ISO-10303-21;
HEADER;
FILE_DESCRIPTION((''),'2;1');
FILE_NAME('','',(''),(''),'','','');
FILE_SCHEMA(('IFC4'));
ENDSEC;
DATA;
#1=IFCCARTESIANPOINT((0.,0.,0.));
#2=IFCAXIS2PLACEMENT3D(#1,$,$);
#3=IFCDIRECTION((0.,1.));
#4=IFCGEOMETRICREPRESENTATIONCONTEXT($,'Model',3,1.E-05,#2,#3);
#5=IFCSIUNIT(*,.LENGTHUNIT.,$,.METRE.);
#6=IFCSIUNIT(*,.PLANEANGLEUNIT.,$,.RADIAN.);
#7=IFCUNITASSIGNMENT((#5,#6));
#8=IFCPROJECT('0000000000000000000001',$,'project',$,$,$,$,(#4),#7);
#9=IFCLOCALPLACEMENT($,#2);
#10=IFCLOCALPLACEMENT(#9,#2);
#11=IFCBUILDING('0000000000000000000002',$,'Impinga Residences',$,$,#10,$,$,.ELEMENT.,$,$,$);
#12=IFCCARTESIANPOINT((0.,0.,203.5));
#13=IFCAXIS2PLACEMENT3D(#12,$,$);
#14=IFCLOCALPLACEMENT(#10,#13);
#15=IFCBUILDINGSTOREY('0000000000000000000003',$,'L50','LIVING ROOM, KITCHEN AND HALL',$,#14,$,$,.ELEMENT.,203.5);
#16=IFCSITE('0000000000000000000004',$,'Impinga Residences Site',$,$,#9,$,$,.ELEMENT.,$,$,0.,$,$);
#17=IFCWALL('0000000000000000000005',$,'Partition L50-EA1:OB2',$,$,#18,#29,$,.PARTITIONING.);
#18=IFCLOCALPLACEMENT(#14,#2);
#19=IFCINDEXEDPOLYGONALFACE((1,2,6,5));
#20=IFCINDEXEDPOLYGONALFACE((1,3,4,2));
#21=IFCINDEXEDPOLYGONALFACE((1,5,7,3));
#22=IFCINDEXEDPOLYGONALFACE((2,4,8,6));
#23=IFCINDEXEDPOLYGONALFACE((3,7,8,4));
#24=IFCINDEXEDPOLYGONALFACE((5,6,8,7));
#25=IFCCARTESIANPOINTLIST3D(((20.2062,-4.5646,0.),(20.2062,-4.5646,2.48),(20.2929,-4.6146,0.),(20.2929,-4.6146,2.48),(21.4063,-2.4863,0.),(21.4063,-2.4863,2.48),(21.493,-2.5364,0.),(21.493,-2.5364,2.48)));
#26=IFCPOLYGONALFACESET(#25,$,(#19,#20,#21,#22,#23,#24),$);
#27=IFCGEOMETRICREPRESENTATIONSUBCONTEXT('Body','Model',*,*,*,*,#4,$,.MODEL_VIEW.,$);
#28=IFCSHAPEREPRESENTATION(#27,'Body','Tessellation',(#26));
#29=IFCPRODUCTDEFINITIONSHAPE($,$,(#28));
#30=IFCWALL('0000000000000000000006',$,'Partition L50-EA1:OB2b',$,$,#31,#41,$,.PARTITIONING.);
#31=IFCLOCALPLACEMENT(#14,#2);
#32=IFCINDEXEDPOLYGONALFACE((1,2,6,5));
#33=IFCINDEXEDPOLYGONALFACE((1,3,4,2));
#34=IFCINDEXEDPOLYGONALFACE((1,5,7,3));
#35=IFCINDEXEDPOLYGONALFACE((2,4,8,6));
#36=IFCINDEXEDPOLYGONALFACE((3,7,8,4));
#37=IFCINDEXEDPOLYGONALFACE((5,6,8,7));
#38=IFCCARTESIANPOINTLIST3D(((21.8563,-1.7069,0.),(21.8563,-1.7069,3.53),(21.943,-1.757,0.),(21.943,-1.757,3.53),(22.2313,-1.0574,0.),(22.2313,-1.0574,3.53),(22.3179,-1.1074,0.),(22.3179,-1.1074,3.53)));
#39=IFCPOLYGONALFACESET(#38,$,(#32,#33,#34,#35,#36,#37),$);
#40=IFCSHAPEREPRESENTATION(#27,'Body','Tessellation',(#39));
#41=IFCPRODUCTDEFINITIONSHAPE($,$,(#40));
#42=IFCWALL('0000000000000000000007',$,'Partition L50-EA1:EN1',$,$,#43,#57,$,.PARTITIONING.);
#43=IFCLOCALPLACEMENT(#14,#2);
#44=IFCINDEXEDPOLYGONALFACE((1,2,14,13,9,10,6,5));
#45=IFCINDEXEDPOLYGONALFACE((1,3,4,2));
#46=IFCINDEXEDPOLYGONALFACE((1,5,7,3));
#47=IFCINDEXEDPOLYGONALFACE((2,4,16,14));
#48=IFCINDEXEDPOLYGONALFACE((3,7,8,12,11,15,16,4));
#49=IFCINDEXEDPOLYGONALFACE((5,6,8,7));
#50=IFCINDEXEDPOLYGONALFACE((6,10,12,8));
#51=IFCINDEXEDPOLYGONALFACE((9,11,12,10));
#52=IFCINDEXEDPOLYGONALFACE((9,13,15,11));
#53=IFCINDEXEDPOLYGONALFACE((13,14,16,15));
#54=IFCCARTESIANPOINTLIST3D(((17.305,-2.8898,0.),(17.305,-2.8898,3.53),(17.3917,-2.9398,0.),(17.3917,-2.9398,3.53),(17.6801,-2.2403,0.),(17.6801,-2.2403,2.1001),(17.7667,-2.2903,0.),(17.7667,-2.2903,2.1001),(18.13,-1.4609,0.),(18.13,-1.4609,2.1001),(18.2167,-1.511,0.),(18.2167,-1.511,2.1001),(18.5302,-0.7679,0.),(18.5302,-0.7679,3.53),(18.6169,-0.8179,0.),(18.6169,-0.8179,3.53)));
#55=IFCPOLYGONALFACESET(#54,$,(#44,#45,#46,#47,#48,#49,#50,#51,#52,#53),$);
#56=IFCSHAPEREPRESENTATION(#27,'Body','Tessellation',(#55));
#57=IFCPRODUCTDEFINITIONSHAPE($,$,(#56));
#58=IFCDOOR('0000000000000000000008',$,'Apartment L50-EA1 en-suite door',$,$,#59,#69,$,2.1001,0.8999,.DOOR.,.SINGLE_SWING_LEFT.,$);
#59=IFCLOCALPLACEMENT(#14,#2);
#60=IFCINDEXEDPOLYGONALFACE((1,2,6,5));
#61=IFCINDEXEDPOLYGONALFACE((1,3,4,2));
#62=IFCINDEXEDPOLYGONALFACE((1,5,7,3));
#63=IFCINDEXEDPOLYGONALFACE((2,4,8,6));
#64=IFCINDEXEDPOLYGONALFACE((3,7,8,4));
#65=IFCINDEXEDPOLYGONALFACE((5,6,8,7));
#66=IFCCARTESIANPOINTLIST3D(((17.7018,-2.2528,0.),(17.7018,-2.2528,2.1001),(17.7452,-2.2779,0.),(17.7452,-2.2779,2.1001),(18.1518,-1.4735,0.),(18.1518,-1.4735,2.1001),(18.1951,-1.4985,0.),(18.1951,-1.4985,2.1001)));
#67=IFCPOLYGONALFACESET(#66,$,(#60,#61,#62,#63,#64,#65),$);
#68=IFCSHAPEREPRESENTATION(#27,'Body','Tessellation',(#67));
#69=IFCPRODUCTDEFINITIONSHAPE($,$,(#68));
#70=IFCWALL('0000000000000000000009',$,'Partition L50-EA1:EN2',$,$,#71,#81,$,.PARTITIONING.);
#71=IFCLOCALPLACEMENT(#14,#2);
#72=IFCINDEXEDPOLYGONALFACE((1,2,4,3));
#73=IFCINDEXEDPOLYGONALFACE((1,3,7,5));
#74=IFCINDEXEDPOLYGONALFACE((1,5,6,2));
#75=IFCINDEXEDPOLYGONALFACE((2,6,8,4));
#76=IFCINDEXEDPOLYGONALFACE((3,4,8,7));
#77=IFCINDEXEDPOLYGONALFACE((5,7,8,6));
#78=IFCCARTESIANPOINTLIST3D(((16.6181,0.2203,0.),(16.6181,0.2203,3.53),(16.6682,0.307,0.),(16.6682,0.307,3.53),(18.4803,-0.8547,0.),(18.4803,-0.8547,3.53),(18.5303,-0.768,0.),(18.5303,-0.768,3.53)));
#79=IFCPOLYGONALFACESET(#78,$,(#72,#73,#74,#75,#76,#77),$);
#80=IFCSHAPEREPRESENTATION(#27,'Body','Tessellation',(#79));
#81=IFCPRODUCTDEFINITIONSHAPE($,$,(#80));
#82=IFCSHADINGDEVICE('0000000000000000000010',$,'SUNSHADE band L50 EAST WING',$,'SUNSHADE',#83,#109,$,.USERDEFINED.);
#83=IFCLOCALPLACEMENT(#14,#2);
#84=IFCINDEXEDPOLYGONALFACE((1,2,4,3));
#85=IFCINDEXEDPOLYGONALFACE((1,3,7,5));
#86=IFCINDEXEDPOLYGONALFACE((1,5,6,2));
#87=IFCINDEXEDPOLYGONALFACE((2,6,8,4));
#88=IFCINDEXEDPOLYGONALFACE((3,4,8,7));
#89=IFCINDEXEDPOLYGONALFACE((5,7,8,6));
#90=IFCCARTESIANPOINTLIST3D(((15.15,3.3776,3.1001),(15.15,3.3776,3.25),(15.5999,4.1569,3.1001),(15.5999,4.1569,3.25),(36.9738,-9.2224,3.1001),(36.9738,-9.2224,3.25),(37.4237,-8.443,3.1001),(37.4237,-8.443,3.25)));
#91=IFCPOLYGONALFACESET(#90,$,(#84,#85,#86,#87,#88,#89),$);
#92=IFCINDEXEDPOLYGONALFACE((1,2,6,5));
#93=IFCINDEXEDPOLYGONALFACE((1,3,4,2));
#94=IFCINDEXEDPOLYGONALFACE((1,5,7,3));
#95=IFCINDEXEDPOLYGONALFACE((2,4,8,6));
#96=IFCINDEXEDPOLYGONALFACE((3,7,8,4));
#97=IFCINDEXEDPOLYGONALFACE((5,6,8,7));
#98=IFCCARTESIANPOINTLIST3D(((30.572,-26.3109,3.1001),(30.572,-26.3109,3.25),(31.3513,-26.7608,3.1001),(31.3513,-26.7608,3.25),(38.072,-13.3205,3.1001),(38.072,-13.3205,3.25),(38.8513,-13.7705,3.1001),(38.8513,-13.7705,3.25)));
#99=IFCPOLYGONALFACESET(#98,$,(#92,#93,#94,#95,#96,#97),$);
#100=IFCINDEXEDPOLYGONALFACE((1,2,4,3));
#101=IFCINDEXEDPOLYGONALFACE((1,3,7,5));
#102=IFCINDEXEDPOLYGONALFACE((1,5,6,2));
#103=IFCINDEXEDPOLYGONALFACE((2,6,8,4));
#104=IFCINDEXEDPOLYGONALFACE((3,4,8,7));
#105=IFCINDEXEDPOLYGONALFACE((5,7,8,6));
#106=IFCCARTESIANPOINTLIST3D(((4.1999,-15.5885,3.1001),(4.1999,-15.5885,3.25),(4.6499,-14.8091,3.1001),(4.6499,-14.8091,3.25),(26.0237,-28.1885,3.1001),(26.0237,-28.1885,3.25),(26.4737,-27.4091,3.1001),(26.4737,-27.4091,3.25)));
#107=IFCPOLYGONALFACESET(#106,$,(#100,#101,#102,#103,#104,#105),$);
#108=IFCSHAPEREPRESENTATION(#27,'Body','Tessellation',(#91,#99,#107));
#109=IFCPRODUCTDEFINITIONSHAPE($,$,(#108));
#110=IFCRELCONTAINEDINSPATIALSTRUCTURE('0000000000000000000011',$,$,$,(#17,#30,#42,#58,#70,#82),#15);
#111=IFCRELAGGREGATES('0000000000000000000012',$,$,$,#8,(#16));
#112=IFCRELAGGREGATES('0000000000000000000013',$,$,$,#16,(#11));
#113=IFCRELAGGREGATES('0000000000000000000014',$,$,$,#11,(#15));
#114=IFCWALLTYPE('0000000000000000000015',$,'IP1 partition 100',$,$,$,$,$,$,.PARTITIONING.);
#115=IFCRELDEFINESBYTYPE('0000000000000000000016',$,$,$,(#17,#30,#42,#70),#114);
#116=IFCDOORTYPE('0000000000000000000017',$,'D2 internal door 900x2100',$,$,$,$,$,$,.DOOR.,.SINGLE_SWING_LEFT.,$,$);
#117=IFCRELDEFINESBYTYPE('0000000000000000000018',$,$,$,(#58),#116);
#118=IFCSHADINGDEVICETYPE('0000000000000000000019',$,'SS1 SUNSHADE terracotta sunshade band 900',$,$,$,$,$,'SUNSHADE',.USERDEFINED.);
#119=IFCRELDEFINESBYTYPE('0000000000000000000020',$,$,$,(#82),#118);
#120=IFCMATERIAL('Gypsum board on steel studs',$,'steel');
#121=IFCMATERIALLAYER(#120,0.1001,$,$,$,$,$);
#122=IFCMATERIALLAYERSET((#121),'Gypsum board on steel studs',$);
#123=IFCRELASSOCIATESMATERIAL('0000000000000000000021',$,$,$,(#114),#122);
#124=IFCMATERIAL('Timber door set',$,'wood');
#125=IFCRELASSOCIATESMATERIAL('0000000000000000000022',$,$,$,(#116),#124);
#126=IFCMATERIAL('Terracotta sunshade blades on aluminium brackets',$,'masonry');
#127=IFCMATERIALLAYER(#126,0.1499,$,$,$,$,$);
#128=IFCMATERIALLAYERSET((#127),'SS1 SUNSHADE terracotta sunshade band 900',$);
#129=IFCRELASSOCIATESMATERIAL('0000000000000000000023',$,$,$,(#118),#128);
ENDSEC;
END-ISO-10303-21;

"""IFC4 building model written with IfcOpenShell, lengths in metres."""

from ifc_helpers import new_model, si_unit, direction, frame, frame_2d, origin, origin_2d, place, context, subcontext, project, spatial, rectangle, extrude, material, layer, layer_set, type_object, element, fill, save


model = new_model("IFC4")

# Units and contexts
model_context = context("Model", 3, precision=1e-05, world=origin(), true_north=direction((0.0, 1.0)))
body_context = subcontext(model_context, "Body", "Model", "MODEL_VIEW")
ifc_project = project(units=[si_unit("LENGTHUNIT", "METRE"), si_unit("PLANEANGLEUNIT", "RADIAN")], contexts=[model_context])

# Site, building, storey
site_placement = place(None, origin())
site = spatial("IfcSite", under=ifc_project, at=site_placement, Name="Impinga Residences Site", CompositionType="ELEMENT", RefElevation=0.0)
building_placement = place(site_placement, origin())
building = spatial("IfcBuilding", under=site, at=building_placement, Name="Impinga Residences", CompositionType="ELEMENT")
storey_placement = place(building_placement, frame((0.0, 0.0, 203.5)))
storey = spatial("IfcBuildingStorey", under=building, at=storey_placement, Name="L50", Description="LIVING ROOM, KITCHEN AND HALL", CompositionType="ELEMENT", Elevation=203.5)

# Walls
ifc_material_1 = material(Name="Gypsum board on steel studs", Category="steel")
ifc_layer_1 = layer(ifc_material_1, 0.1001)
ifc_layer_set_1 = layer_set([ifc_layer_1], Name="Gypsum board on steel studs")
wall_type_1 = type_object("IfcWallType", Name="IP1 partition 100", PredefinedType="PARTITIONING", material=ifc_layer_set_1)
wall_1_placement = place(storey_placement, frame((20.2495, -4.5896, 0.0), z_axis=(0.0, 0.0, 1.0), x_axis=(0.500078, 0.865981, 0.0)))
element("IfcWall", 1, at=wall_1_placement, inside=storey, type_object=wall_type_1, Name="Partition L50-EA1:OB2", PredefinedType="PARTITIONING", context=body_context, shape_type="SweptSolid", body=[
    extrude(rectangle(XDim=2.3999, YDim=0.1001, at=frame_2d((1.2, 0.0))), origin(), (0.0, 0.0, 1.0), 2.48),
])
wall_2_placement = place(storey_placement, frame((21.8997, -1.7319, 0.0), z_axis=(0.0, 0.0, 1.0), x_axis=(0.49992, 0.866072, 0.0)))
element("IfcWall", 2, at=wall_2_placement, inside=storey, type_object=wall_type_1, Name="Partition L50-EA1:OB2b", PredefinedType="PARTITIONING", context=body_context, shape_type="SweptSolid", body=[
    extrude(rectangle(XDim=0.75, YDim=0.1001, at=frame_2d((0.375, 0.0))), origin(), (0.0, 0.0, 1.0), 3.53),
])

# Wall, opening, door
wall_3_placement = place(storey_placement, frame((17.3484, -2.9148, 0.0), z_axis=(0.0, 0.0, 1.0), x_axis=(0.500019, 0.866015, 0.0)))
wall_3 = element("IfcWall", 3, at=wall_3_placement, inside=storey, type_object=wall_type_1, Name="Partition L50-EA1:EN1", PredefinedType="PARTITIONING", context=body_context, shape_type="SweptSolid", body=[
    extrude(rectangle(XDim=2.4502, YDim=0.1001, at=frame_2d((1.2251, 0.0))), origin(), (0.0, 0.0, 1.0), 3.53),
])
opening_1_placement = place(wall_3_placement, frame((0.75, 0.0, 0.0)))
opening_1 = element("IfcOpeningElement", 4, at=opening_1_placement, cuts=wall_3, PredefinedType="OPENING", context=body_context, shape_type="SweptSolid", body=[
    extrude(rectangle(XDim=0.8999, YDim=2.1001, at=frame_2d((0.45, 1.05))), frame((0.0, 0.0601, 0.0), z_axis=(0.0, -1.0, 0.0), x_axis=(1.0, 0.0, 0.0)), (0.0, 0.0, 1.0), 0.1201),
])
ifc_material_2 = material(Name="Timber door set", Category="wood")
door_type = type_object("IfcDoorType", Name="D2 internal door 900x2100", OperationType="SINGLE_SWING_LEFT", PredefinedType="DOOR", material=ifc_material_2)
door_placement = place(opening_1_placement, origin())
door = element("IfcDoor", 5, at=door_placement, inside=storey, type_object=door_type, Name="Apartment L50-EA1 en-suite door", OperationType="SINGLE_SWING_LEFT", OverallHeight=2.1001, OverallWidth=0.8999, PredefinedType="DOOR", context=body_context, shape_type="SweptSolid", body=[
    extrude(rectangle(XDim=0.8999, YDim=2.1001, at=frame_2d((0.45, 1.05))), frame((0.0, 0.0249, 0.0), z_axis=(0.0, -1.0, 0.0), x_axis=(1.0, 0.0, 0.0)), (0.0, 0.0, 1.0), 0.05),
])
fill(opening_1, door)

# Wall
wall_4_placement = place(storey_placement, frame((16.6431, 0.2637, 0.0), z_axis=(0.0, 0.0, 1.0), x_axis=(0.866048, -0.499962, 0.0)))
element("IfcWall", 6, at=wall_4_placement, inside=storey, type_object=wall_type_1, Name="Partition L50-EA1:EN2", PredefinedType="PARTITIONING", context=body_context, shape_type="SweptSolid", body=[
    extrude(rectangle(XDim=2.1501, YDim=0.1001, at=frame_2d((1.0752, 0.0))), origin(), (0.0, 0.0, 1.0), 3.53),
])

# Shading device
ifc_material_3 = material(Name="Terracotta sunshade blades on aluminium brackets", Category="masonry")
ifc_layer_2 = layer(ifc_material_3, 0.1499)
ifc_layer_set_2 = layer_set([ifc_layer_2], Name="SS1 SUNSHADE terracotta sunshade band 900")
shading_device_type = type_object("IfcShadingDeviceType", Name="SS1 SUNSHADE terracotta sunshade band 900", ElementType="SUNSHADE", PredefinedType="USERDEFINED", material=ifc_layer_set_2)
shading_device_placement = place(storey_placement, frame((26.2869, -2.5327, 3.1001), z_axis=(0.0, 0.0, 1.0), x_axis=(0.866025, -0.5, 0.0)))
element("IfcShadingDevice", 7, at=shading_device_placement, inside=storey, type_object=shading_device_type, Name="SUNSHADE band L50 EAST WING", ObjectType="SUNSHADE", PredefinedType="USERDEFINED", context=body_context, shape_type="SweptSolid", body=[
    extrude(rectangle(XDim=25.2, YDim=0.8999, at=origin_2d()), origin(), (0.0, 0.0, 1.0), 0.1499),
    extrude(rectangle(XDim=15.0, YDim=0.8999, at=origin_2d()), frame((16.05, -10.95, 0.0), z_axis=(0.0, 0.0, 1.0), x_axis=(0.0, -1.0, 0.0)), (0.0, 0.0, 1.0), 0.1499),
    extrude(rectangle(XDim=25.2, YDim=0.8999, at=origin_2d()), frame((0.0, -21.9001, 0.0), z_axis=(0.0, 0.0, 1.0), x_axis=(-1.0, 0.0, 0.0)), (0.0, 0.0, 1.0), 0.1499),
])

save(model, "model.ifc")
